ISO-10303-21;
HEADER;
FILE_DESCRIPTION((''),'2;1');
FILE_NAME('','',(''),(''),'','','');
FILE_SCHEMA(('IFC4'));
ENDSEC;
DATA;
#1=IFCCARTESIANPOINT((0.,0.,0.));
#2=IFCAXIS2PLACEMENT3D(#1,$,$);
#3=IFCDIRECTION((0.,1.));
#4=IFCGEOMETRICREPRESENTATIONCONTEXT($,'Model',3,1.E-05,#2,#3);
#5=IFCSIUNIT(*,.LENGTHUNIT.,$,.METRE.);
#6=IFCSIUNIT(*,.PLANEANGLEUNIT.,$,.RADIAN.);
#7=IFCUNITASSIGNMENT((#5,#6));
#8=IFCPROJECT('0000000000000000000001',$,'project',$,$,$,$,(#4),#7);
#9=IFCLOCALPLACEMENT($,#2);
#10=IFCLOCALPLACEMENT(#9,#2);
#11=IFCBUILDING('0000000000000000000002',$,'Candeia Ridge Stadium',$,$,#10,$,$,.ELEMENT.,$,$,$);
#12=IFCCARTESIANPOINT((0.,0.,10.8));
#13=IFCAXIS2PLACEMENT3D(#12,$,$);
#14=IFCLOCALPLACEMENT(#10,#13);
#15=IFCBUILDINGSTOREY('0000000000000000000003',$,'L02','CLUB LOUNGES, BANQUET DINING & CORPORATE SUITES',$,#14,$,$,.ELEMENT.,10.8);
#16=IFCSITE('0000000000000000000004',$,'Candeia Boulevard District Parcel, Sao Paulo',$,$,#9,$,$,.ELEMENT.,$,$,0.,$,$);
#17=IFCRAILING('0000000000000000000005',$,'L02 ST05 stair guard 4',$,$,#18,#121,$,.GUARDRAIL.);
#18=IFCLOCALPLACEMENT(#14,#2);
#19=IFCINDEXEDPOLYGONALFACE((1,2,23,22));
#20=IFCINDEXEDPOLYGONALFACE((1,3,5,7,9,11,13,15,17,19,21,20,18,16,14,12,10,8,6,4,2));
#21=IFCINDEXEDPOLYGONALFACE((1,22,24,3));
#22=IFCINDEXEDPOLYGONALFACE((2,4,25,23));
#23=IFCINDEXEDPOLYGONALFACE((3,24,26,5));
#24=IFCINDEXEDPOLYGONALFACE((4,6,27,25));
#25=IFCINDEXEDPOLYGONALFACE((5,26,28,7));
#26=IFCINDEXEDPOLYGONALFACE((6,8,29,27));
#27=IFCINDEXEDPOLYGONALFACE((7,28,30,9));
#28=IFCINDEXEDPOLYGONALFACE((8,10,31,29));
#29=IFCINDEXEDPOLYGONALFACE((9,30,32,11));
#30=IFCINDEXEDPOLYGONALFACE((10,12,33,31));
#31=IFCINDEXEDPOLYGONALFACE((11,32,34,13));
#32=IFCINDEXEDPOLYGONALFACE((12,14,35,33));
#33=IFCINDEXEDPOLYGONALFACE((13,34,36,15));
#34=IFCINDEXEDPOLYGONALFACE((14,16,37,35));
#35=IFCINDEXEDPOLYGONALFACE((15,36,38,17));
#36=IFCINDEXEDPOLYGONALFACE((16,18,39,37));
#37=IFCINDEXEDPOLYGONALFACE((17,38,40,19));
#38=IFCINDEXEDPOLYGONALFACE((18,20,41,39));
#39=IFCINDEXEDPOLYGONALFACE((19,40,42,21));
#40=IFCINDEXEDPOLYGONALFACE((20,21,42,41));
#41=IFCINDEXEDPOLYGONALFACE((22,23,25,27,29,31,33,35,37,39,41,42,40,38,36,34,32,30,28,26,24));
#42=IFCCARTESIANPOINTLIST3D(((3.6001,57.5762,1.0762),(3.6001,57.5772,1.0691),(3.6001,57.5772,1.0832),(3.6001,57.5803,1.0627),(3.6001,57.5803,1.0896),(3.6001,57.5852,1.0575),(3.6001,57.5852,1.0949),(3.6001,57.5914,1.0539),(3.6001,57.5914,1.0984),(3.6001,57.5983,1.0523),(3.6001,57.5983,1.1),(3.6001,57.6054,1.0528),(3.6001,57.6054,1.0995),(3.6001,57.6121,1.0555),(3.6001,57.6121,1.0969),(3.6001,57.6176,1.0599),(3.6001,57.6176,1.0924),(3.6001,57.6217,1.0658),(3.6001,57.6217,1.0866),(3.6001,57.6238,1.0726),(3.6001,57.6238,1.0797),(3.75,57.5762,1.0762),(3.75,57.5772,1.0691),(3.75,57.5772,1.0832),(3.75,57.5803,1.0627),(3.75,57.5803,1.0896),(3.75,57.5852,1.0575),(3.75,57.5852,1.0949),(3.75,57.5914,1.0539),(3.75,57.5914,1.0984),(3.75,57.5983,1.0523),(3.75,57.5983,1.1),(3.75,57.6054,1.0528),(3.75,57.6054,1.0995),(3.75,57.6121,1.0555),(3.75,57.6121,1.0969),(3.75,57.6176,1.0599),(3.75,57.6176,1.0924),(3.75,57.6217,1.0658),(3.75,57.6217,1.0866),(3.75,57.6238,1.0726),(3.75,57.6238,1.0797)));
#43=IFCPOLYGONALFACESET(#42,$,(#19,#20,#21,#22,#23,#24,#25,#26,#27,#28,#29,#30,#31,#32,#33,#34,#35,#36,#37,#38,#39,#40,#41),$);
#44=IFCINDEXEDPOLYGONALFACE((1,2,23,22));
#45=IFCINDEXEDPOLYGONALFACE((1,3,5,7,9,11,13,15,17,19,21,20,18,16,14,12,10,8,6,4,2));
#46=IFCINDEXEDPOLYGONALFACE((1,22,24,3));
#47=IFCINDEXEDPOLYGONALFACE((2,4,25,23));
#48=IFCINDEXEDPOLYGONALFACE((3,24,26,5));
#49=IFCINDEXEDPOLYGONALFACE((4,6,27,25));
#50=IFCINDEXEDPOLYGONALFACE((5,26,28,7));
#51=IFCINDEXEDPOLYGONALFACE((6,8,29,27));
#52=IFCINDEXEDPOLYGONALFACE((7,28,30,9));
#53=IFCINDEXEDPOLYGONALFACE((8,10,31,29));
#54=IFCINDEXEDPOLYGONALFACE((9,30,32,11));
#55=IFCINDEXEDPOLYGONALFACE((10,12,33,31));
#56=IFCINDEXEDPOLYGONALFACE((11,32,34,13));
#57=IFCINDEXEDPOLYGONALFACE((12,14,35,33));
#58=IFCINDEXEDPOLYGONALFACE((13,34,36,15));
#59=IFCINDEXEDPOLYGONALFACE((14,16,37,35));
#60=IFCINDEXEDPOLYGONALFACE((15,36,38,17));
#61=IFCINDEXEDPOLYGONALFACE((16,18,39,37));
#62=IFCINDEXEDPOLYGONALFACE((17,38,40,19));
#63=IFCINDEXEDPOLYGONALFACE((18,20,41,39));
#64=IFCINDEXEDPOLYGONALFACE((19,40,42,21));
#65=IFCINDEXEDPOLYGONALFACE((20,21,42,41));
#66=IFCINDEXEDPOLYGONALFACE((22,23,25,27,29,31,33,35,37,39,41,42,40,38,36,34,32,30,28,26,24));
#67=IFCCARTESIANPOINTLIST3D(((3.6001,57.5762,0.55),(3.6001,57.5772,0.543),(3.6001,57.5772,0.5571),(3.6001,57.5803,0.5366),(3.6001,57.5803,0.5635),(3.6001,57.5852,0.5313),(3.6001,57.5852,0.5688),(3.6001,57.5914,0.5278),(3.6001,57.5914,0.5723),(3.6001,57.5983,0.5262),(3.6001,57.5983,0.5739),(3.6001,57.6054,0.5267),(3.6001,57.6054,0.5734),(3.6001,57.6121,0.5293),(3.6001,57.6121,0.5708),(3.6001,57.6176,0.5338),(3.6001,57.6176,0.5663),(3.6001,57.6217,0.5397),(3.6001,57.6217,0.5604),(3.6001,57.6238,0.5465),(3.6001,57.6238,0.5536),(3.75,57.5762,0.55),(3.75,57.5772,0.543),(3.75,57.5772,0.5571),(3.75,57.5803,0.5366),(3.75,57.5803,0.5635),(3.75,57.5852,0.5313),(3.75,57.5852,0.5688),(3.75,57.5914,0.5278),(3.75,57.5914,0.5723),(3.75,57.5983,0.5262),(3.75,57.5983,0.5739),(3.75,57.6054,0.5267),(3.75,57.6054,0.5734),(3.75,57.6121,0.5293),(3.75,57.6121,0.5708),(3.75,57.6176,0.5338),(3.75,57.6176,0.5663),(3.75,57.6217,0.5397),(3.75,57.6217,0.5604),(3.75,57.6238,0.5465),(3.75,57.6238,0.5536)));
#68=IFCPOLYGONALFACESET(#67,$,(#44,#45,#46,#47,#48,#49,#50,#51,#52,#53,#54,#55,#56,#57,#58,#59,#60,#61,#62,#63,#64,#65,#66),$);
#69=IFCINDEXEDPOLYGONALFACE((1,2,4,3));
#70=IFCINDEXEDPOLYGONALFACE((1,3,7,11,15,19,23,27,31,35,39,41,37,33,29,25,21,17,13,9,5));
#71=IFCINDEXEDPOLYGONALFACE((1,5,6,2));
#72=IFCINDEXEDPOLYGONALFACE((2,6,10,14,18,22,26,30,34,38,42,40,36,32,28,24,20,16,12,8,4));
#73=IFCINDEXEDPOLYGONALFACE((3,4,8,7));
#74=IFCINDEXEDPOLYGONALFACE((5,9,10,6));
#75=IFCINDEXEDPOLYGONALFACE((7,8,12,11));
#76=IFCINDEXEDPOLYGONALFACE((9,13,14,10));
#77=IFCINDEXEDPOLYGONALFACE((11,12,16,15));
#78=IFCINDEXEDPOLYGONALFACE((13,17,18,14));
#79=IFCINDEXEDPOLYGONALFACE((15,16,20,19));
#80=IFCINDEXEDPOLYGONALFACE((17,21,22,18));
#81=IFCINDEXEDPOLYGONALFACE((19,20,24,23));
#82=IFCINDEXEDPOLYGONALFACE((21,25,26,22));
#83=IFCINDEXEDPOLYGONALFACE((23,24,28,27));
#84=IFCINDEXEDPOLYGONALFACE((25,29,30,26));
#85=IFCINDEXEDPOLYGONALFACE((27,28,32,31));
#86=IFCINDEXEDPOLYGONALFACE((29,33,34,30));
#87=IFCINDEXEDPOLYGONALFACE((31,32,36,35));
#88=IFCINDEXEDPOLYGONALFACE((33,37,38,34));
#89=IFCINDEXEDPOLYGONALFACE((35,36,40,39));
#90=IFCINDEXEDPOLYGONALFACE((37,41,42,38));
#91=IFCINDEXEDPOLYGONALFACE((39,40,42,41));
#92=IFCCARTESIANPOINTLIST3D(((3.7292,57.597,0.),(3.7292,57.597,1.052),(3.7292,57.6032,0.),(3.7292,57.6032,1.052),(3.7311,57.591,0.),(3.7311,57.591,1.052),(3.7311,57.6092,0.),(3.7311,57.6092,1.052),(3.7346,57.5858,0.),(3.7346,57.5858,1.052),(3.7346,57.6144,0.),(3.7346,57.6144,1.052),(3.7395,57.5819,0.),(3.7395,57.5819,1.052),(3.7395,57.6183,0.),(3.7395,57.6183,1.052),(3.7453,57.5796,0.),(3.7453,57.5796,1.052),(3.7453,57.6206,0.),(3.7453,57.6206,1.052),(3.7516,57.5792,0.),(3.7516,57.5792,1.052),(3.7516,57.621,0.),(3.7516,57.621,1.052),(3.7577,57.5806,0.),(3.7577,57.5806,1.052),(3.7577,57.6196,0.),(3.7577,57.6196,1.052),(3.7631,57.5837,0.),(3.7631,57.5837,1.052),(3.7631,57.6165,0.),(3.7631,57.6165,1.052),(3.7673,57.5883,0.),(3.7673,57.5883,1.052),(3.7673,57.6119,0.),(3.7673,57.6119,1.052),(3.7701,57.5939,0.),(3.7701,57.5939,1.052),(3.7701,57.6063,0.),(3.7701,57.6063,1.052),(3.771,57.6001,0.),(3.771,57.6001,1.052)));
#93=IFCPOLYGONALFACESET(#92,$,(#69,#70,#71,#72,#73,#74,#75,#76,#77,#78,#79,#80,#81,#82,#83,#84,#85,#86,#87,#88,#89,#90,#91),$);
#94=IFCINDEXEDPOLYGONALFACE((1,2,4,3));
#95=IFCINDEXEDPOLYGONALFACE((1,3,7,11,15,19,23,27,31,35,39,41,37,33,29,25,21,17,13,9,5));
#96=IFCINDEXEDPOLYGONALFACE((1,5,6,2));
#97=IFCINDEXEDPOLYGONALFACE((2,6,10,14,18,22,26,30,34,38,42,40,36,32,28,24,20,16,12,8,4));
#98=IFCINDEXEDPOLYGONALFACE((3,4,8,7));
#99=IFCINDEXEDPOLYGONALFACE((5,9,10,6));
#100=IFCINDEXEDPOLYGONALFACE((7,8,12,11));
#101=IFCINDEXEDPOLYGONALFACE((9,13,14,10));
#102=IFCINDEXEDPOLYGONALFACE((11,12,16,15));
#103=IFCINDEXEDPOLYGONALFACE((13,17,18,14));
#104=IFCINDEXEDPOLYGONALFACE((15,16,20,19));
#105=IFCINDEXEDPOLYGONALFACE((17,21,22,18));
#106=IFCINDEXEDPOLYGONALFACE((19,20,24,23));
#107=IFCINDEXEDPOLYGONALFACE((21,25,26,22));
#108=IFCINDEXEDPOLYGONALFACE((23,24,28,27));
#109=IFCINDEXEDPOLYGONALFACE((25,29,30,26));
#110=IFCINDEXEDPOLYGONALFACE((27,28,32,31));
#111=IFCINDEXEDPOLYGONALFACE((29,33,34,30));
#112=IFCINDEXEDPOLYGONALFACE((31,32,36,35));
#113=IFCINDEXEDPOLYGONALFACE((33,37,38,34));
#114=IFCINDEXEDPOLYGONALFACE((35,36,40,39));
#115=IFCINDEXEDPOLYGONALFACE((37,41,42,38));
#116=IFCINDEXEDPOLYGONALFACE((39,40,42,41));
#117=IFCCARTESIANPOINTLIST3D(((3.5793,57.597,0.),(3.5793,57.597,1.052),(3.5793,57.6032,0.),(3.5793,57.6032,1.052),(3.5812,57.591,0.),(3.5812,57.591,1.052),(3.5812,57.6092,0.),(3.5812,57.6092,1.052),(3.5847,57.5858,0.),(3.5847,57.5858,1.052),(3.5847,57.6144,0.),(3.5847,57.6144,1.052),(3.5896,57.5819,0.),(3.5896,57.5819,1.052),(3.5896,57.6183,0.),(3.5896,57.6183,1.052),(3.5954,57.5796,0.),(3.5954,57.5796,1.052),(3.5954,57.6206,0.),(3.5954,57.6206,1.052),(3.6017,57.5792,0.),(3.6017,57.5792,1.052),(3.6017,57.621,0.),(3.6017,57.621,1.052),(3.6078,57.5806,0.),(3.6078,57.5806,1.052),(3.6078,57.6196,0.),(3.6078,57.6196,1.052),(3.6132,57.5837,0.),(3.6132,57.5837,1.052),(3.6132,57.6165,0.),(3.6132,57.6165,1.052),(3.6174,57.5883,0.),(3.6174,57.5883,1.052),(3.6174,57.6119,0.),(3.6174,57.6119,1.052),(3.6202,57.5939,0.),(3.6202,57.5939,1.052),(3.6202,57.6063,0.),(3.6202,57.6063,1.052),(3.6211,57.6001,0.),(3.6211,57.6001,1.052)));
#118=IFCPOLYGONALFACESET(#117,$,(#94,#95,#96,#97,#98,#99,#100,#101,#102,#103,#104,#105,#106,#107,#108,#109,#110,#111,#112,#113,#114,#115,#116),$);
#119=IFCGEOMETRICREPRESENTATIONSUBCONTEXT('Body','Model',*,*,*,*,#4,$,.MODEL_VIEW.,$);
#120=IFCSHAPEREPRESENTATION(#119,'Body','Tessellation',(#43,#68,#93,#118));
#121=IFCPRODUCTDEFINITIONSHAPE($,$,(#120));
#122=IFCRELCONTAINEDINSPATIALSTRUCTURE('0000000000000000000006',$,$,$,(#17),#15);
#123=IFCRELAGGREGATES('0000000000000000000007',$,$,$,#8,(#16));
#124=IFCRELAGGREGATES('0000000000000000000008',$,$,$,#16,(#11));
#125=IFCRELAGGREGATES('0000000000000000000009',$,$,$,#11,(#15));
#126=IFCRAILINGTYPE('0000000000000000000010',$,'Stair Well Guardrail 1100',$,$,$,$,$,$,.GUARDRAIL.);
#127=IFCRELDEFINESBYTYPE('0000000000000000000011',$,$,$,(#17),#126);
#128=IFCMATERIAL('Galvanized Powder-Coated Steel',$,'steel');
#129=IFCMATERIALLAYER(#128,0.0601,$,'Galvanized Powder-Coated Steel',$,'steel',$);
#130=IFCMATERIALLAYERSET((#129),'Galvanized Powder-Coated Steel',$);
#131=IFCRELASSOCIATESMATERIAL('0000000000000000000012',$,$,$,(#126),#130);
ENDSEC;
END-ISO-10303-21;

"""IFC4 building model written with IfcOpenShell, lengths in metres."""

from ifc_helpers import new_model, si_unit, direction, frame, origin, origin_2d, place, context, subcontext, project, spatial, circle, extrude, material, layer, layer_set, type_object, element, save


model = new_model("IFC4")

# Units and contexts
model_context = context("Model", 3, precision=1e-05, world=origin(), true_north=direction((0.0, 1.0)))
body_context = subcontext(model_context, "Body", "Model", "MODEL_VIEW")
ifc_project = project(units=[si_unit("LENGTHUNIT", "METRE"), si_unit("PLANEANGLEUNIT", "RADIAN")], contexts=[model_context])

# Site, building, storey
site_placement = place(None, origin())
site = spatial("IfcSite", under=ifc_project, at=site_placement, Name="Candeia Boulevard District Parcel, Sao Paulo", CompositionType="ELEMENT", RefElevation=0.0)
building_placement = place(site_placement, origin())
building = spatial("IfcBuilding", under=site, at=building_placement, Name="Candeia Ridge Stadium", CompositionType="ELEMENT")
storey_placement = place(building_placement, frame((0.0, 0.0, 10.8)))
storey = spatial("IfcBuildingStorey", under=building, at=storey_placement, Name="L02", Description="CLUB LOUNGES, BANQUET DINING & CORPORATE SUITES", CompositionType="ELEMENT", Elevation=10.8)

# Railing
ifc_material_1 = material(Name="Galvanized Powder-Coated Steel", Category="steel")
ifc_layer_1 = layer(ifc_material_1, 0.0601, Name="Galvanized Powder-Coated Steel", Category="steel")
ifc_layer_set_1 = layer_set([ifc_layer_1], Name="Galvanized Powder-Coated Steel")
railing_type_1 = type_object("IfcRailingType", Name="Stair Well Guardrail 1100", PredefinedType="GUARDRAIL", material=ifc_layer_set_1)
railing_1_placement = place(storey_placement, frame((3.75, 57.6001, 0.0)))
element("IfcRailing", 1, at=railing_1_placement, inside=storey, type_object=railing_type_1, Name="L02 ST05 stair guard 4", PredefinedType="GUARDRAIL", context=body_context, shape_type="SweptSolid", body=[
    extrude(circle(Radius=0.0239, at=origin_2d()), frame((0.0, 0.0, 1.0762), z_axis=(-1.0, 0.0, 0.0), x_axis=(0.0, -1.0, 0.0)), (0.0, 0.0, 1.0), 0.1499),
    extrude(circle(Radius=0.0239, at=origin_2d()), frame((0.0, 0.0, 0.55), z_axis=(-1.0, 0.0, 0.0), x_axis=(0.0, -1.0, 0.0)), (0.0, 0.0, 1.0), 0.1499),
    extrude(circle(Radius=0.021, at=origin_2d()), origin(), (0.0, 0.0, 1.0), 1.052),
    extrude(circle(Radius=0.021, at=origin_2d()), frame((-0.1499, 0.0, 0.0)), (0.0, 0.0, 1.0), 1.052),
])

save(model, "model.ifc")
